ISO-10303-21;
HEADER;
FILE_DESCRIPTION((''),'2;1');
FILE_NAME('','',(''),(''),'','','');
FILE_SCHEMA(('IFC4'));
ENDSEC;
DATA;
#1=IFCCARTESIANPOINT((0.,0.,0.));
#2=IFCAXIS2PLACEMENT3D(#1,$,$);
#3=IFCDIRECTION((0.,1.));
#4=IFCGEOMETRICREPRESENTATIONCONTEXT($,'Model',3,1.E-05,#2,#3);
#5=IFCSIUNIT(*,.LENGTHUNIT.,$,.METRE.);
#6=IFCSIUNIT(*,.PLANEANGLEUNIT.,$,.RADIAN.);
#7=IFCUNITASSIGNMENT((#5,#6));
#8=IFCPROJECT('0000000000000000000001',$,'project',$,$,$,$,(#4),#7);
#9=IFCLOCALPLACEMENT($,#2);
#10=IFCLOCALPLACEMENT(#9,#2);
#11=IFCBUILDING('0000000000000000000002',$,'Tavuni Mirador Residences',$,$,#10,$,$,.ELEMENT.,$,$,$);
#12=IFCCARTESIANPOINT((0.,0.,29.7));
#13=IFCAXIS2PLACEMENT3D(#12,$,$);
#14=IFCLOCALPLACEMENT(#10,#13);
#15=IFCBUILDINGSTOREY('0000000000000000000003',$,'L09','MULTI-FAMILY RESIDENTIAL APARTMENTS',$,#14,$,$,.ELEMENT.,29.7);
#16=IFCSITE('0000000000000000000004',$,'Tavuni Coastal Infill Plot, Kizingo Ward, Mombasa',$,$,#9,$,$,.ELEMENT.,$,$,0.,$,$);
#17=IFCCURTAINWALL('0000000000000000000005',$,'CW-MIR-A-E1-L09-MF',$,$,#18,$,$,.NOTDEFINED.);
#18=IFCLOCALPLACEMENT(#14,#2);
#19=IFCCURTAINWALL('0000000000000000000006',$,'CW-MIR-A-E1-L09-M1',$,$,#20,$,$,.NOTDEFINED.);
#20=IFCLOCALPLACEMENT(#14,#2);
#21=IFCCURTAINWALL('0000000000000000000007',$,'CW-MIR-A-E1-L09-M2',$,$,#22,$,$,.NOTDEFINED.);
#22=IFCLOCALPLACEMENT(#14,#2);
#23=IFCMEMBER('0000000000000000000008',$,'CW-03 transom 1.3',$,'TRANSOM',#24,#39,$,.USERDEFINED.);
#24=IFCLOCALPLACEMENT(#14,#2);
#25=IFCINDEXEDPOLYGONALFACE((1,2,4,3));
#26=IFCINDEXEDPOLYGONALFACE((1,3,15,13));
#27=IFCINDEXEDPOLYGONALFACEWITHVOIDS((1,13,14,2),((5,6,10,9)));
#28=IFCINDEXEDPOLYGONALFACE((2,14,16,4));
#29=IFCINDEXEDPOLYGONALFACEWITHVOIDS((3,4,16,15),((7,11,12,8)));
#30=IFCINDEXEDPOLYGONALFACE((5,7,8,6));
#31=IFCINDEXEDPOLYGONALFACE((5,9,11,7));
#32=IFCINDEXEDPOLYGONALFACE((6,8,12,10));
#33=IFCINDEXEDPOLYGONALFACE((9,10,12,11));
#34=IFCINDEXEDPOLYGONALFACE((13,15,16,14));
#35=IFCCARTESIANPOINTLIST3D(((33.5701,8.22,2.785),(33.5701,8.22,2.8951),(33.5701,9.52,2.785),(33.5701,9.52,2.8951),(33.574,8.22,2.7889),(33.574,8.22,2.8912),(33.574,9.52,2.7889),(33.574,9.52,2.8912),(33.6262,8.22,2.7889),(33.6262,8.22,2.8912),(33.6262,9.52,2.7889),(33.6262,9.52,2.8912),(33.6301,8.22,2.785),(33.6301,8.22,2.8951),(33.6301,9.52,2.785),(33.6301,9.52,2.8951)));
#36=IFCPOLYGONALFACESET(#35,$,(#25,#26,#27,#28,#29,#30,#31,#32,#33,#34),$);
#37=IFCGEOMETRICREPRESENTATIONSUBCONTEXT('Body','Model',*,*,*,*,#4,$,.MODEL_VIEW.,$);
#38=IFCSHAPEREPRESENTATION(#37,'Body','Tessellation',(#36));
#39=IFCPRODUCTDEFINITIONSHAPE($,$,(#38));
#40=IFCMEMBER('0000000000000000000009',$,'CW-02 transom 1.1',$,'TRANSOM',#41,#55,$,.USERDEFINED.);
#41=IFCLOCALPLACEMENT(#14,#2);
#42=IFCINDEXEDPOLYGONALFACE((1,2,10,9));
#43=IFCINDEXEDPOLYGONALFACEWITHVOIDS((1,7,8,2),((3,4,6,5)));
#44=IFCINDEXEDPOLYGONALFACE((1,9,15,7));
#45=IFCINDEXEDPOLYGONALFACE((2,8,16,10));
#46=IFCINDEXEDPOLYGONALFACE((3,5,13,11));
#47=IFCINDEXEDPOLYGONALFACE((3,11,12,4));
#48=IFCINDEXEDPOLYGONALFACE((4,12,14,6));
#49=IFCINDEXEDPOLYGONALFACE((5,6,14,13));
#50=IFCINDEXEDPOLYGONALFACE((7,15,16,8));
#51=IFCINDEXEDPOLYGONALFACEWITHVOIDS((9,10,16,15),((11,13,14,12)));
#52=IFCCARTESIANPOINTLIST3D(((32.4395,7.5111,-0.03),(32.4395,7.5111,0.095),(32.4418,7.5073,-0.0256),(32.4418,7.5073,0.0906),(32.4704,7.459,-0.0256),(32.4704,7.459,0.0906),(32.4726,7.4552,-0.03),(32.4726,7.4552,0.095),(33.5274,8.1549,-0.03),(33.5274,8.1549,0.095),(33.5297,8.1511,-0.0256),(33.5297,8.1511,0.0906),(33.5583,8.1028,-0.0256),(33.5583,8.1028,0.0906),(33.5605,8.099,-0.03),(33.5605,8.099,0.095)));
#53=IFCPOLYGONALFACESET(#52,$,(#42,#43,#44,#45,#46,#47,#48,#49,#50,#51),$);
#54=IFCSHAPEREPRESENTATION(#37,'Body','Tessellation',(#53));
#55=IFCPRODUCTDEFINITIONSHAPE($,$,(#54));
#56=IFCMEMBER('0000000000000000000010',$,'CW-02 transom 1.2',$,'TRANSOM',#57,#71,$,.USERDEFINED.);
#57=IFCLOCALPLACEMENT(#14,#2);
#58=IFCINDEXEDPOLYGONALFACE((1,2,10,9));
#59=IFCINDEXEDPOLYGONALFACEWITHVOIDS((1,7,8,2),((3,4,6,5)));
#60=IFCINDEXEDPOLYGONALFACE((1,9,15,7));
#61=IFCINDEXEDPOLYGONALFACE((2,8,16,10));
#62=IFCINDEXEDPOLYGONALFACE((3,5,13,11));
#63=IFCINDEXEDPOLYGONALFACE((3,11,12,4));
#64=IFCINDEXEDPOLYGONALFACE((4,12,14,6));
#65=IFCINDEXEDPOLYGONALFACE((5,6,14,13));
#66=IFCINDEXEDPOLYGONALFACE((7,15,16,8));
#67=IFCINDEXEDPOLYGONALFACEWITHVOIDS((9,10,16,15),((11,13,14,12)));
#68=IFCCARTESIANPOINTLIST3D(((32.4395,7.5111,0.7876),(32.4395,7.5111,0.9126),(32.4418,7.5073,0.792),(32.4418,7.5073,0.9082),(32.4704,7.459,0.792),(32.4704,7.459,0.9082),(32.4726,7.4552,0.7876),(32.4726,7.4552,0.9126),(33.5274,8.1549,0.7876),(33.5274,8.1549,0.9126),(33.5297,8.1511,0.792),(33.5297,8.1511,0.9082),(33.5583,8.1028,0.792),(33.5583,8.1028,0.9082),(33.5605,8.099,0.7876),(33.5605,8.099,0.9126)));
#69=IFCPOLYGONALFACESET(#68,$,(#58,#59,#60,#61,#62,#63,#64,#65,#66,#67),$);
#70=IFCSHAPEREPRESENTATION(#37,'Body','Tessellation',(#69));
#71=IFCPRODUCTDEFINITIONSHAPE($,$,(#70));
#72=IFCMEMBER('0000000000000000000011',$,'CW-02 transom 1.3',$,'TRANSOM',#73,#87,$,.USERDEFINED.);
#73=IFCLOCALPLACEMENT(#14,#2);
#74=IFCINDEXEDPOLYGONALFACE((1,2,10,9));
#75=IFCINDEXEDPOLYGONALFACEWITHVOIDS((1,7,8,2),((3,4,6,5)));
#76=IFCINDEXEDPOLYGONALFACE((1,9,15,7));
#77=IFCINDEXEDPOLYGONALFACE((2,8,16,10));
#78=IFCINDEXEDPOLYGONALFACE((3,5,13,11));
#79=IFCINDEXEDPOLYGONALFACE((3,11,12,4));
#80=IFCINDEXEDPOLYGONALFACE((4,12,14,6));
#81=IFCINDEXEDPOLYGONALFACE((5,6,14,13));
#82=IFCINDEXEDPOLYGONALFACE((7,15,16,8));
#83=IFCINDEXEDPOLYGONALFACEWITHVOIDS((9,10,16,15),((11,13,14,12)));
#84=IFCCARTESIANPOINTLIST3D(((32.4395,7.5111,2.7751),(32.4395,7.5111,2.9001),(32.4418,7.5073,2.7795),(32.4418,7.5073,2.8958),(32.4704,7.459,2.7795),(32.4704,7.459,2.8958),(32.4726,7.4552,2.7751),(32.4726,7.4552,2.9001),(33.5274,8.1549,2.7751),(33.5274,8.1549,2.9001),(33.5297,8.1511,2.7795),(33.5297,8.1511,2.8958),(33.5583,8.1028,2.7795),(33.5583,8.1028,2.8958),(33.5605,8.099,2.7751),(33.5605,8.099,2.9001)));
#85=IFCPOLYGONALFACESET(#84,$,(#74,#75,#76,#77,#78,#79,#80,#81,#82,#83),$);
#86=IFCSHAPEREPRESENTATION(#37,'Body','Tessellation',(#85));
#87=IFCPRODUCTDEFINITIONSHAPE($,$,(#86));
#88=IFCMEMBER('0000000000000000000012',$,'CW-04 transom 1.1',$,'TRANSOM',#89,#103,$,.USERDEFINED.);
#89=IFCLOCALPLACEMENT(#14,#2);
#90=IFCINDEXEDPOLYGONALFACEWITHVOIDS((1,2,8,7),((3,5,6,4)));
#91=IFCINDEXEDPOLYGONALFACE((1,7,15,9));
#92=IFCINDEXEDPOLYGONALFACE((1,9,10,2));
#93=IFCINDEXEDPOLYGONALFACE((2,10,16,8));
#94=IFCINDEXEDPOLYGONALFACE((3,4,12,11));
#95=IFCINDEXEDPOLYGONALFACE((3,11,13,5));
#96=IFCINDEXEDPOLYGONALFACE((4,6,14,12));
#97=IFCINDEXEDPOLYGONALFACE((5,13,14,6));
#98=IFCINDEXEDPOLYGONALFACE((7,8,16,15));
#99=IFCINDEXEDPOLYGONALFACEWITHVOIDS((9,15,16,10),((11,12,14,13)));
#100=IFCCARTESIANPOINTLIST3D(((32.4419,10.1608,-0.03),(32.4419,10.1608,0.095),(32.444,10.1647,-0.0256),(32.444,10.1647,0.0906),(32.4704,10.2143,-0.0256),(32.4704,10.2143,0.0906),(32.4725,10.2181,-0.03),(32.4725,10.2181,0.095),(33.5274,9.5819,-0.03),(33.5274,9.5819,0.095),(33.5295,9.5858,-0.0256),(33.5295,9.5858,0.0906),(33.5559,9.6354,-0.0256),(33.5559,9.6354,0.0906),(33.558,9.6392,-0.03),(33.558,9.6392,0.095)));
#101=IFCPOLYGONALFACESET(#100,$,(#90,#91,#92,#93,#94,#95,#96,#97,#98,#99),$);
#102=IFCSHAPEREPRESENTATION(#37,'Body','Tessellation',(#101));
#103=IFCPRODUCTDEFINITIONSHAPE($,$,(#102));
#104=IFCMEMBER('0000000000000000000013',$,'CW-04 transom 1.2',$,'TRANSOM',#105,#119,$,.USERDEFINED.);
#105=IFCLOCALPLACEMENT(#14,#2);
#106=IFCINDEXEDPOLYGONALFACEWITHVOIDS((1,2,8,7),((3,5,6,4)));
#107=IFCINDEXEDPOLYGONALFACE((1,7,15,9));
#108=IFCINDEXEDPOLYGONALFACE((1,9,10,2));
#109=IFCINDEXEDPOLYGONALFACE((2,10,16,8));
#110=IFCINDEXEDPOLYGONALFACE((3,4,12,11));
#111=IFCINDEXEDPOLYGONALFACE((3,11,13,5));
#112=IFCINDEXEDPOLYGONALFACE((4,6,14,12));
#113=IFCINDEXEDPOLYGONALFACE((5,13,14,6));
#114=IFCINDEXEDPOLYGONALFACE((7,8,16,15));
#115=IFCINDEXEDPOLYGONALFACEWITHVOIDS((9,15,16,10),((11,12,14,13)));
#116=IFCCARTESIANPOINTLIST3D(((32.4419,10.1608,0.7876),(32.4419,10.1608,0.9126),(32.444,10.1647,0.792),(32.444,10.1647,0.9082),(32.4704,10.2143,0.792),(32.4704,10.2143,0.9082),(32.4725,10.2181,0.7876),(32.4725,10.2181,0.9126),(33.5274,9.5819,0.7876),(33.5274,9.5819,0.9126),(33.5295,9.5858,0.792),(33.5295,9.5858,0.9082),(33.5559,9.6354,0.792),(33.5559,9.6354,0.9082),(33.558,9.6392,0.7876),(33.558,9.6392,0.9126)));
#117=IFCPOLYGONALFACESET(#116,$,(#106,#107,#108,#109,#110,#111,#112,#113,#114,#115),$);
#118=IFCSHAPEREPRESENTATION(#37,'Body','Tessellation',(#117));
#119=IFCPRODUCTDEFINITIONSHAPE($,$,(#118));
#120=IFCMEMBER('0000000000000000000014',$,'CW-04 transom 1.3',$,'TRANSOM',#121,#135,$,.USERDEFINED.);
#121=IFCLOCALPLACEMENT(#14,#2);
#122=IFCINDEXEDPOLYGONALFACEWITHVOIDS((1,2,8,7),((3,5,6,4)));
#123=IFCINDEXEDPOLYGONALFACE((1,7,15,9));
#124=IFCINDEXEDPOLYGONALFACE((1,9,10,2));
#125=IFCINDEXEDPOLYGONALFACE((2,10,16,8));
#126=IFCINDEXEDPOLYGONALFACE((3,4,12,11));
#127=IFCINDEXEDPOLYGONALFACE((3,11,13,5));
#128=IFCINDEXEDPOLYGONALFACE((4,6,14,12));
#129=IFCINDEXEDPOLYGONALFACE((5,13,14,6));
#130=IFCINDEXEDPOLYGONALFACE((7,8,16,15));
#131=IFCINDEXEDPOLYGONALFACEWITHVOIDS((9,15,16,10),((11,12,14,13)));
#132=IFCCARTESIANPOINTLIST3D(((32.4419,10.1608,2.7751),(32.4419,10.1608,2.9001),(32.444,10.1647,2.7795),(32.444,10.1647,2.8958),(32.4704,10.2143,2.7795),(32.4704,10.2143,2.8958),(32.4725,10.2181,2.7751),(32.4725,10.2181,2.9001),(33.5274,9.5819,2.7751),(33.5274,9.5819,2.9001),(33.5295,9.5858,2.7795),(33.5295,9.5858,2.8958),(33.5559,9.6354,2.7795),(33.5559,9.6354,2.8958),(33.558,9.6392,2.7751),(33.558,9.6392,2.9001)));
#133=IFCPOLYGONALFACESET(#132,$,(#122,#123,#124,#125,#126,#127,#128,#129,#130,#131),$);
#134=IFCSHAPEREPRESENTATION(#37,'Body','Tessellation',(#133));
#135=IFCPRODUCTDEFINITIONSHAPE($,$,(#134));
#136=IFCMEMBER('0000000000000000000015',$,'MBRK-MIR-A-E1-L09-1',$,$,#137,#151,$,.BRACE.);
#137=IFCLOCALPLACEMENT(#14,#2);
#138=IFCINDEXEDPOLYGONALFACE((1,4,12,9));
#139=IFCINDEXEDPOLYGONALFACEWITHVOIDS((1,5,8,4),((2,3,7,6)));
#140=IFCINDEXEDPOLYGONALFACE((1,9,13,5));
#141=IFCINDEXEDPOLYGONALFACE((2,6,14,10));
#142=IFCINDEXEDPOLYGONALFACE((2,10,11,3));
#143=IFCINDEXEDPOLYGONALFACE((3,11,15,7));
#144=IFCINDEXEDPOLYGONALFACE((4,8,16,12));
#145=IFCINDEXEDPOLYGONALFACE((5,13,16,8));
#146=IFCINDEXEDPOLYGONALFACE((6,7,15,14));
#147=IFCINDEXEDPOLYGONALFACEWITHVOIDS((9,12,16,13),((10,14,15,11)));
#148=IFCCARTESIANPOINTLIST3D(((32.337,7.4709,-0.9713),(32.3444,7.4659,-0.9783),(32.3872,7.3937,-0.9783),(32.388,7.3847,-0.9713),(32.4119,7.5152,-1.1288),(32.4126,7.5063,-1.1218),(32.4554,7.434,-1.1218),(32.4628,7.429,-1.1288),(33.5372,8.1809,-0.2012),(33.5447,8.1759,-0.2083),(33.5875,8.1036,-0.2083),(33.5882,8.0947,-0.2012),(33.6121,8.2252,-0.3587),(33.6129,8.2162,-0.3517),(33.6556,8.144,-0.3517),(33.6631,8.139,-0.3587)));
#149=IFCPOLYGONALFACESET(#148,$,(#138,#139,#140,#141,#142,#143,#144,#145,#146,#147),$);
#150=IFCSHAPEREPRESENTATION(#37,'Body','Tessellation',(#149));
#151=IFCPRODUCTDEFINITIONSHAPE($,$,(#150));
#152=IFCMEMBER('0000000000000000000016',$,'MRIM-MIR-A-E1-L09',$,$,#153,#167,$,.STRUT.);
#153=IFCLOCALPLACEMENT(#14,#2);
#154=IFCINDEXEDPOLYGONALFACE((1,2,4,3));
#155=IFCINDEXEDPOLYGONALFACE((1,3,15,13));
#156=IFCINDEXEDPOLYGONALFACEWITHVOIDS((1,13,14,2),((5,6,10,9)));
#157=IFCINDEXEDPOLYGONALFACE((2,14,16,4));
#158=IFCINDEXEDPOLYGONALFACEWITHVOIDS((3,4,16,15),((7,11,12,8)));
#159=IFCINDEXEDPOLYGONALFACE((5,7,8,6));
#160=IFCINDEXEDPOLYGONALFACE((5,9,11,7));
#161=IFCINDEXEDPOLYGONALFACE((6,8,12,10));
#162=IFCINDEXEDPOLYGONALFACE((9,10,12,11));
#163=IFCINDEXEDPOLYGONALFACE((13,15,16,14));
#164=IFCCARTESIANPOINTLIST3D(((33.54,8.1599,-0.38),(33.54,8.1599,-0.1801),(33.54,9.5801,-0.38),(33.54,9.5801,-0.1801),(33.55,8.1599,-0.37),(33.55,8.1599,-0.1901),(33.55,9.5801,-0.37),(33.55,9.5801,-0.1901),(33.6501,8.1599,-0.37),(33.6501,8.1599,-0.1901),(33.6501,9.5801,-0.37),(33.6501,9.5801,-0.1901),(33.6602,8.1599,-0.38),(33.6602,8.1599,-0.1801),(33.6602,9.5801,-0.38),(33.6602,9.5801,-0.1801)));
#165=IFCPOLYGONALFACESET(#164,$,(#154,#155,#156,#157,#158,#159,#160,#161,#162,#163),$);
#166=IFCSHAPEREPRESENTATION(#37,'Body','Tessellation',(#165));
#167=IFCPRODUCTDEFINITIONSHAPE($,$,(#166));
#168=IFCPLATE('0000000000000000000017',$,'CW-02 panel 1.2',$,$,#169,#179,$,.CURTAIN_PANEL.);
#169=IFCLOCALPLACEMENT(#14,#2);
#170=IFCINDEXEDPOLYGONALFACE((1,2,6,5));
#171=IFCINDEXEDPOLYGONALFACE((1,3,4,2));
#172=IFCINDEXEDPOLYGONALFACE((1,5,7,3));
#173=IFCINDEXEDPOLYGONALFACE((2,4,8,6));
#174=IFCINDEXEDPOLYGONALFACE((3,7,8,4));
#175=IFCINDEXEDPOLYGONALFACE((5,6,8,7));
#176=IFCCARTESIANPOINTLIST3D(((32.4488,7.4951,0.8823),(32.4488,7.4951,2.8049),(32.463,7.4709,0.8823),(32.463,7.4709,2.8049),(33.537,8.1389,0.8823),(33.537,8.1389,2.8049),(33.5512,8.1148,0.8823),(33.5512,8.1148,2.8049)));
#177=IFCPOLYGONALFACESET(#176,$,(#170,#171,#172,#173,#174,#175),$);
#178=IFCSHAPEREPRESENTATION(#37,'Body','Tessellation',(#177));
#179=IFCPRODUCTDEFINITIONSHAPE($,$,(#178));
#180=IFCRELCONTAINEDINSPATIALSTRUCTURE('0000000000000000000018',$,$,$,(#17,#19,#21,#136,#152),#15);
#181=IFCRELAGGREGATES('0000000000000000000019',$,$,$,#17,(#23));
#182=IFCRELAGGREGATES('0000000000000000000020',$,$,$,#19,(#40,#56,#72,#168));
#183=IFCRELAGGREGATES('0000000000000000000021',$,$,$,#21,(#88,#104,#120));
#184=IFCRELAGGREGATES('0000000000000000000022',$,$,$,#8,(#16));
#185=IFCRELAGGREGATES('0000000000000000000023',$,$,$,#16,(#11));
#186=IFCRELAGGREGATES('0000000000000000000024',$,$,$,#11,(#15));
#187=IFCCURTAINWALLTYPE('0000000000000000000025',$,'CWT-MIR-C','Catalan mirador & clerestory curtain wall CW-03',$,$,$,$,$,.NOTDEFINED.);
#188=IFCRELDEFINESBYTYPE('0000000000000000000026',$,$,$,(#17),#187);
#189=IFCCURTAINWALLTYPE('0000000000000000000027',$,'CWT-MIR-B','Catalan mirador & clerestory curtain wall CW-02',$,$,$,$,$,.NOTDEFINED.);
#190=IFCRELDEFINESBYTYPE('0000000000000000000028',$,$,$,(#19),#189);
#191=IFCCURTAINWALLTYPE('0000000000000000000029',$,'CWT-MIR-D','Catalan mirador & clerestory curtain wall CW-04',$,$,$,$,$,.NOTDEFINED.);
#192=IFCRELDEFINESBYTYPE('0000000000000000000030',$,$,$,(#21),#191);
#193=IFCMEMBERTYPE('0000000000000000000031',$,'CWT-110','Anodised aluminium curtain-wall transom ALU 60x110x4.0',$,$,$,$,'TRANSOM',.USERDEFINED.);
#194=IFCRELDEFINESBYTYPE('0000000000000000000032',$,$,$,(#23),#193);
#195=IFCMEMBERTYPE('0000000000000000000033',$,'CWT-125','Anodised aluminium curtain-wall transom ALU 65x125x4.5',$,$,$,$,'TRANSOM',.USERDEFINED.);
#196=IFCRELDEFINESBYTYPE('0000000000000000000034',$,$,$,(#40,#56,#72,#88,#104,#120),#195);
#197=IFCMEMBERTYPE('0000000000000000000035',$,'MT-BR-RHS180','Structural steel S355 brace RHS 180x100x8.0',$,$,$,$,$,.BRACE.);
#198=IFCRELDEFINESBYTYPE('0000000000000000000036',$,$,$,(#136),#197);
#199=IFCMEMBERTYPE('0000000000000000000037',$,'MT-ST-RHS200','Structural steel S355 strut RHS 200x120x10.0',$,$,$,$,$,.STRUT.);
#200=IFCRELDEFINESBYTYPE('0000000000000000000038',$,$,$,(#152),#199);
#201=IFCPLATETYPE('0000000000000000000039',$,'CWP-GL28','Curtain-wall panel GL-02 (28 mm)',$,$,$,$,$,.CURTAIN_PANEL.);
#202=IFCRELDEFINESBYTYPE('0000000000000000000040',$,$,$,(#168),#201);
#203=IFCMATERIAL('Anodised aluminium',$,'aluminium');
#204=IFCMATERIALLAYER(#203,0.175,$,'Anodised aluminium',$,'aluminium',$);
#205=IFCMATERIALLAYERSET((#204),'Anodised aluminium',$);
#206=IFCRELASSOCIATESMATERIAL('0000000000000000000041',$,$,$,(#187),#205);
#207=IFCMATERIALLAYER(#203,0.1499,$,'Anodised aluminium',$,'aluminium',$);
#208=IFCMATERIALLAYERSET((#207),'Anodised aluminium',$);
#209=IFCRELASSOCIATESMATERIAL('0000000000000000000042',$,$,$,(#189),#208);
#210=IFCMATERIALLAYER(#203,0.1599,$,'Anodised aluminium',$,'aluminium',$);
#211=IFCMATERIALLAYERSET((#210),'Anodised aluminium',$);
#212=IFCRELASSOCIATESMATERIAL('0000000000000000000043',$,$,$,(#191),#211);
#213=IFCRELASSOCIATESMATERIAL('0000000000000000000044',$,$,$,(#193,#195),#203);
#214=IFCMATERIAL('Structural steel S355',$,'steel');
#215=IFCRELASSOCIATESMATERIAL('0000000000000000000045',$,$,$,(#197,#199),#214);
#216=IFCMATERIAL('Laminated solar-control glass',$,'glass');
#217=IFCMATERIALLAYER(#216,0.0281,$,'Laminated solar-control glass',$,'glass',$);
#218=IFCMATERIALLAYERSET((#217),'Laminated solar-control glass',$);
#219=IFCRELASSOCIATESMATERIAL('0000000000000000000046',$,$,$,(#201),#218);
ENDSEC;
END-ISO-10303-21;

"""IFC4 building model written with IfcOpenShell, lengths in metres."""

from ifc_helpers import new_model, si_unit, direction, frame, origin, origin_2d, place, context, subcontext, project, spatial, rectangle, hollow_rectangle, extrude, material, layer, layer_set, material_profile, profile_set, type_object, element, aggregate, save


model = new_model("IFC4")

# Units and contexts
model_context = context("Model", 3, precision=1e-05, world=origin(), true_north=direction((0.0, 1.0)))
body_context = subcontext(model_context, "Body", "Model", "MODEL_VIEW")
ifc_project = project(units=[si_unit("LENGTHUNIT", "METRE"), si_unit("PLANEANGLEUNIT", "RADIAN")], contexts=[model_context])

# Site, building, storey
site_placement = place(None, origin())
site = spatial("IfcSite", under=ifc_project, at=site_placement, Name="Tavuni Coastal Infill Plot, Kizingo Ward, Mombasa", CompositionType="ELEMENT", RefElevation=0.0)
building_placement = place(site_placement, origin())
building = spatial("IfcBuilding", under=site, at=building_placement, Name="Tavuni Mirador Residences", CompositionType="ELEMENT")
storey_placement = place(building_placement, frame((0.0, 0.0, 29.7)))
storey = spatial("IfcBuildingStorey", under=building, at=storey_placement, Name="L09", Description="MULTI-FAMILY RESIDENTIAL APARTMENTS", CompositionType="ELEMENT", Elevation=29.7)

# Curtain walls
ifc_material_1 = material(Name="Anodised aluminium", Category="aluminium")
ifc_layer_1 = layer(ifc_material_1, 0.175, Name="Anodised aluminium", Category="aluminium")
ifc_layer_set_1 = layer_set([ifc_layer_1], Name="Anodised aluminium")
curtain_wall_type_1 = type_object("IfcCurtainWallType", Name="CWT-MIR-C", Description="Catalan mirador & clerestory curtain wall CW-03", PredefinedType="NOTDEFINED", material=ifc_layer_set_1)
curtain_wall_1_placement = place(storey_placement, origin())
curtain_wall_1 = element("IfcCurtainWall", 1, at=curtain_wall_1_placement, inside=storey, type_object=curtain_wall_type_1, Name="CW-MIR-A-E1-L09-MF", PredefinedType="NOTDEFINED")
ifc_layer_2 = layer(ifc_material_1, 0.1499, Name="Anodised aluminium", Category="aluminium")
ifc_layer_set_2 = layer_set([ifc_layer_2], Name="Anodised aluminium")
curtain_wall_type_2 = type_object("IfcCurtainWallType", Name="CWT-MIR-B", Description="Catalan mirador & clerestory curtain wall CW-02", PredefinedType="NOTDEFINED", material=ifc_layer_set_2)
curtain_wall_2_placement = place(storey_placement, origin())
curtain_wall_2 = element("IfcCurtainWall", 2, at=curtain_wall_2_placement, inside=storey, type_object=curtain_wall_type_2, Name="CW-MIR-A-E1-L09-M1", PredefinedType="NOTDEFINED")

# Curtain wall
ifc_layer_3 = layer(ifc_material_1, 0.1599, Name="Anodised aluminium", Category="aluminium")
ifc_layer_set_3 = layer_set([ifc_layer_3], Name="Anodised aluminium")
curtain_wall_type_3 = type_object("IfcCurtainWallType", Name="CWT-MIR-D", Description="Catalan mirador & clerestory curtain wall CW-04", PredefinedType="NOTDEFINED", material=ifc_layer_set_3)
curtain_wall_3_placement = place(storey_placement, origin())
curtain_wall_3 = element("IfcCurtainWall", 3, at=curtain_wall_3_placement, inside=storey, type_object=curtain_wall_type_3, Name="CW-MIR-A-E1-L09-M2", PredefinedType="NOTDEFINED")

# Members
ifc_material_profile_1 = material_profile(ifc_material_1, hollow_rectangle(XDim=0.0601, YDim=0.1101, WallThickness=0.0039, at=origin_2d()), Name="ALU 60x110x4.0", Category="aluminium")
ifc_profile_set_1 = profile_set([ifc_material_profile_1], Name="Anodised aluminium")
member_type_1 = type_object("IfcMemberType", Name="CWT-110", Description="Anodised aluminium curtain-wall transom ALU 60x110x4.0", ElementType="TRANSOM", PredefinedType="USERDEFINED", material=ifc_profile_set_1)
member_1_placement = place(storey_placement, frame((33.6001, 8.22, 2.8401), z_axis=(0.0, 1.0, 0.0), x_axis=(-1.0, 0.0, 0.0)))
member_1 = element("IfcMember", 4, at=member_1_placement, type_object=member_type_1, Name="CW-03 transom 1.3", ObjectType="TRANSOM", PredefinedType="USERDEFINED", context=body_context, shape_type="SweptSolid", body=[
    extrude(hollow_rectangle(XDim=0.0601, YDim=0.1101, WallThickness=0.0039, at=origin_2d()), origin(), (0.0, 0.0, 1.0), 1.3),
])
ifc_material_profile_2 = material_profile(ifc_material_1, hollow_rectangle(XDim=0.0649, YDim=0.125, WallThickness=0.0044, at=origin_2d()), Name="ALU 65x125x4.5", Category="aluminium")
ifc_profile_set_2 = profile_set([ifc_material_profile_2], Name="Anodised aluminium")
member_type_2 = type_object("IfcMemberType", Name="CWT-125", Description="Anodised aluminium curtain-wall transom ALU 65x125x4.5", ElementType="TRANSOM", PredefinedType="USERDEFINED", material=ifc_profile_set_2)
member_2_placement = place(storey_placement, frame((32.4561, 7.4832, 0.0325), z_axis=(0.860596, 0.509289, 0.0), x_axis=(-0.509289, 0.860596, 0.0)))
member_2 = element("IfcMember", 5, at=member_2_placement, type_object=member_type_2, Name="CW-02 transom 1.1", ObjectType="TRANSOM", PredefinedType="USERDEFINED", context=body_context, shape_type="SweptSolid", body=[
    extrude(hollow_rectangle(XDim=0.0649, YDim=0.125, WallThickness=0.0044, at=origin_2d()), origin(), (0.0, 0.0, 1.0), 1.2642),
])
member_3_placement = place(storey_placement, frame((32.4561, 7.4832, 0.8501), z_axis=(0.860596, 0.509289, 0.0), x_axis=(-0.509289, 0.860596, 0.0)))
member_3 = element("IfcMember", 6, at=member_3_placement, type_object=member_type_2, Name="CW-02 transom 1.2", ObjectType="TRANSOM", PredefinedType="USERDEFINED", context=body_context, shape_type="SweptSolid", body=[
    extrude(hollow_rectangle(XDim=0.0649, YDim=0.125, WallThickness=0.0044, at=origin_2d()), origin(), (0.0, 0.0, 1.0), 1.2642),
])
member_4_placement = place(storey_placement, frame((32.4561, 7.4832, 2.8376), z_axis=(0.860596, 0.509289, 0.0), x_axis=(-0.509289, 0.860596, 0.0)))
member_4 = element("IfcMember", 7, at=member_4_placement, type_object=member_type_2, Name="CW-02 transom 1.3", ObjectType="TRANSOM", PredefinedType="USERDEFINED", context=body_context, shape_type="SweptSolid", body=[
    extrude(hollow_rectangle(XDim=0.0649, YDim=0.125, WallThickness=0.0044, at=origin_2d()), origin(), (0.0, 0.0, 1.0), 1.2642),
])
member_5_placement = place(storey_placement, frame((33.5427, 9.6106, 0.0325), z_axis=(-0.882369, 0.470557, 0.0), x_axis=(-0.470557, -0.882369, 0.0)))
member_5 = element("IfcMember", 8, at=member_5_placement, type_object=member_type_2, Name="CW-04 transom 1.1", ObjectType="TRANSOM", PredefinedType="USERDEFINED", context=body_context, shape_type="SweptSolid", body=[
    extrude(hollow_rectangle(XDim=0.0649, YDim=0.125, WallThickness=0.0044, at=origin_2d()), origin(), (0.0, 0.0, 1.0), 1.2302),
])
member_6_placement = place(storey_placement, frame((33.5427, 9.6106, 0.8501), z_axis=(-0.882369, 0.470557, 0.0), x_axis=(-0.470557, -0.882369, 0.0)))
member_6 = element("IfcMember", 9, at=member_6_placement, type_object=member_type_2, Name="CW-04 transom 1.2", ObjectType="TRANSOM", PredefinedType="USERDEFINED", context=body_context, shape_type="SweptSolid", body=[
    extrude(hollow_rectangle(XDim=0.0649, YDim=0.125, WallThickness=0.0044, at=origin_2d()), origin(), (0.0, 0.0, 1.0), 1.2302),
])
member_7_placement = place(storey_placement, frame((33.5427, 9.6106, 2.8376), z_axis=(-0.882369, 0.470557, 0.0), x_axis=(-0.470557, -0.882369, 0.0)))
member_7 = element("IfcMember", 10, at=member_7_placement, type_object=member_type_2, Name="CW-04 transom 1.3", ObjectType="TRANSOM", PredefinedType="USERDEFINED", context=body_context, shape_type="SweptSolid", body=[
    extrude(hollow_rectangle(XDim=0.0649, YDim=0.125, WallThickness=0.0044, at=origin_2d()), origin(), (0.0, 0.0, 1.0), 1.2302),
])

# Members
ifc_material_2 = material(Name="Structural steel S355", Category="steel")
ifc_material_profile_3 = material_profile(ifc_material_2, hollow_rectangle(XDim=0.1001, YDim=0.1799, WallThickness=0.0081, at=origin_2d()), Name="RHS 180x100x8.0", Category="steel")
ifc_profile_set_3 = profile_set([ifc_material_profile_3], Name="Structural steel S355")
member_type_3 = type_object("IfcMemberType", Name="MT-BR-RHS180", Description="Structural steel S355 brace RHS 180x100x8.0", PredefinedType="BRACE", material=ifc_profile_set_3)
member_8_placement = place(storey_placement, frame((32.3999, 7.45, -1.05), z_axis=(0.753449, 0.445693, 0.483397), x_axis=(-0.50913, 0.860689, 0.0)))
element("IfcMember", 11, at=member_8_placement, inside=storey, type_object=member_type_3, Name="MBRK-MIR-A-E1-L09-1", PredefinedType="BRACE", context=body_context, shape_type="SweptSolid", body=[
    extrude(hollow_rectangle(XDim=0.1001, YDim=0.1799, WallThickness=0.0081, at=origin_2d()), origin(), (0.0, 0.0, 1.0), 1.593),
])
ifc_material_profile_4 = material_profile(ifc_material_2, hollow_rectangle(XDim=0.1201, YDim=0.2, WallThickness=0.01, at=origin_2d()), Name="RHS 200x120x10.0", Category="steel")
ifc_profile_set_4 = profile_set([ifc_material_profile_4], Name="Structural steel S355")
member_type_4 = type_object("IfcMemberType", Name="MT-ST-RHS200", Description="Structural steel S355 strut RHS 200x120x10.0", PredefinedType="STRUT", material=ifc_profile_set_4)
member_9_placement = place(storey_placement, frame((33.6001, 8.1599, -0.28), z_axis=(0.0, 1.0, 0.0), x_axis=(-1.0, 0.0, 0.0)))
element("IfcMember", 12, at=member_9_placement, inside=storey, type_object=member_type_4, Name="MRIM-MIR-A-E1-L09", PredefinedType="STRUT", context=body_context, shape_type="SweptSolid", body=[
    extrude(hollow_rectangle(XDim=0.1201, YDim=0.2, WallThickness=0.01, at=origin_2d()), origin(), (0.0, 0.0, 1.0), 1.4202),
])

# Plate
ifc_material_3 = material(Name="Laminated solar-control glass", Category="glass")
ifc_layer_4 = layer(ifc_material_3, 0.0281, Name="Laminated solar-control glass", Category="glass")
ifc_layer_set_4 = layer_set([ifc_layer_4], Name="Laminated solar-control glass")
plate_type_1 = type_object("IfcPlateType", Name="CWP-GL28", Description="Curtain-wall panel GL-02 (28 mm)", PredefinedType="CURTAIN_PANEL", material=ifc_layer_set_4)
plate_1_placement = place(storey_placement, frame((33.0, 7.8049, 0.8823), z_axis=(0.0, 0.0, 1.0), x_axis=(0.860641, 0.509212, 0.0)))
plate_1 = element("IfcPlate", 13, at=plate_1_placement, type_object=plate_type_1, Name="CW-02 panel 1.2", PredefinedType="CURTAIN_PANEL", context=body_context, shape_type="SweptSolid", body=[
    extrude(rectangle(XDim=1.2644, YDim=0.0281, at=origin_2d()), origin(), (0.0, 0.0, 1.0), 1.9226),
])
aggregate(curtain_wall_1, [member_1])
aggregate(curtain_wall_2, [member_2, member_3, member_4, plate_1])
aggregate(curtain_wall_3, [member_5, member_6, member_7])

save(model, "model.ifc")
